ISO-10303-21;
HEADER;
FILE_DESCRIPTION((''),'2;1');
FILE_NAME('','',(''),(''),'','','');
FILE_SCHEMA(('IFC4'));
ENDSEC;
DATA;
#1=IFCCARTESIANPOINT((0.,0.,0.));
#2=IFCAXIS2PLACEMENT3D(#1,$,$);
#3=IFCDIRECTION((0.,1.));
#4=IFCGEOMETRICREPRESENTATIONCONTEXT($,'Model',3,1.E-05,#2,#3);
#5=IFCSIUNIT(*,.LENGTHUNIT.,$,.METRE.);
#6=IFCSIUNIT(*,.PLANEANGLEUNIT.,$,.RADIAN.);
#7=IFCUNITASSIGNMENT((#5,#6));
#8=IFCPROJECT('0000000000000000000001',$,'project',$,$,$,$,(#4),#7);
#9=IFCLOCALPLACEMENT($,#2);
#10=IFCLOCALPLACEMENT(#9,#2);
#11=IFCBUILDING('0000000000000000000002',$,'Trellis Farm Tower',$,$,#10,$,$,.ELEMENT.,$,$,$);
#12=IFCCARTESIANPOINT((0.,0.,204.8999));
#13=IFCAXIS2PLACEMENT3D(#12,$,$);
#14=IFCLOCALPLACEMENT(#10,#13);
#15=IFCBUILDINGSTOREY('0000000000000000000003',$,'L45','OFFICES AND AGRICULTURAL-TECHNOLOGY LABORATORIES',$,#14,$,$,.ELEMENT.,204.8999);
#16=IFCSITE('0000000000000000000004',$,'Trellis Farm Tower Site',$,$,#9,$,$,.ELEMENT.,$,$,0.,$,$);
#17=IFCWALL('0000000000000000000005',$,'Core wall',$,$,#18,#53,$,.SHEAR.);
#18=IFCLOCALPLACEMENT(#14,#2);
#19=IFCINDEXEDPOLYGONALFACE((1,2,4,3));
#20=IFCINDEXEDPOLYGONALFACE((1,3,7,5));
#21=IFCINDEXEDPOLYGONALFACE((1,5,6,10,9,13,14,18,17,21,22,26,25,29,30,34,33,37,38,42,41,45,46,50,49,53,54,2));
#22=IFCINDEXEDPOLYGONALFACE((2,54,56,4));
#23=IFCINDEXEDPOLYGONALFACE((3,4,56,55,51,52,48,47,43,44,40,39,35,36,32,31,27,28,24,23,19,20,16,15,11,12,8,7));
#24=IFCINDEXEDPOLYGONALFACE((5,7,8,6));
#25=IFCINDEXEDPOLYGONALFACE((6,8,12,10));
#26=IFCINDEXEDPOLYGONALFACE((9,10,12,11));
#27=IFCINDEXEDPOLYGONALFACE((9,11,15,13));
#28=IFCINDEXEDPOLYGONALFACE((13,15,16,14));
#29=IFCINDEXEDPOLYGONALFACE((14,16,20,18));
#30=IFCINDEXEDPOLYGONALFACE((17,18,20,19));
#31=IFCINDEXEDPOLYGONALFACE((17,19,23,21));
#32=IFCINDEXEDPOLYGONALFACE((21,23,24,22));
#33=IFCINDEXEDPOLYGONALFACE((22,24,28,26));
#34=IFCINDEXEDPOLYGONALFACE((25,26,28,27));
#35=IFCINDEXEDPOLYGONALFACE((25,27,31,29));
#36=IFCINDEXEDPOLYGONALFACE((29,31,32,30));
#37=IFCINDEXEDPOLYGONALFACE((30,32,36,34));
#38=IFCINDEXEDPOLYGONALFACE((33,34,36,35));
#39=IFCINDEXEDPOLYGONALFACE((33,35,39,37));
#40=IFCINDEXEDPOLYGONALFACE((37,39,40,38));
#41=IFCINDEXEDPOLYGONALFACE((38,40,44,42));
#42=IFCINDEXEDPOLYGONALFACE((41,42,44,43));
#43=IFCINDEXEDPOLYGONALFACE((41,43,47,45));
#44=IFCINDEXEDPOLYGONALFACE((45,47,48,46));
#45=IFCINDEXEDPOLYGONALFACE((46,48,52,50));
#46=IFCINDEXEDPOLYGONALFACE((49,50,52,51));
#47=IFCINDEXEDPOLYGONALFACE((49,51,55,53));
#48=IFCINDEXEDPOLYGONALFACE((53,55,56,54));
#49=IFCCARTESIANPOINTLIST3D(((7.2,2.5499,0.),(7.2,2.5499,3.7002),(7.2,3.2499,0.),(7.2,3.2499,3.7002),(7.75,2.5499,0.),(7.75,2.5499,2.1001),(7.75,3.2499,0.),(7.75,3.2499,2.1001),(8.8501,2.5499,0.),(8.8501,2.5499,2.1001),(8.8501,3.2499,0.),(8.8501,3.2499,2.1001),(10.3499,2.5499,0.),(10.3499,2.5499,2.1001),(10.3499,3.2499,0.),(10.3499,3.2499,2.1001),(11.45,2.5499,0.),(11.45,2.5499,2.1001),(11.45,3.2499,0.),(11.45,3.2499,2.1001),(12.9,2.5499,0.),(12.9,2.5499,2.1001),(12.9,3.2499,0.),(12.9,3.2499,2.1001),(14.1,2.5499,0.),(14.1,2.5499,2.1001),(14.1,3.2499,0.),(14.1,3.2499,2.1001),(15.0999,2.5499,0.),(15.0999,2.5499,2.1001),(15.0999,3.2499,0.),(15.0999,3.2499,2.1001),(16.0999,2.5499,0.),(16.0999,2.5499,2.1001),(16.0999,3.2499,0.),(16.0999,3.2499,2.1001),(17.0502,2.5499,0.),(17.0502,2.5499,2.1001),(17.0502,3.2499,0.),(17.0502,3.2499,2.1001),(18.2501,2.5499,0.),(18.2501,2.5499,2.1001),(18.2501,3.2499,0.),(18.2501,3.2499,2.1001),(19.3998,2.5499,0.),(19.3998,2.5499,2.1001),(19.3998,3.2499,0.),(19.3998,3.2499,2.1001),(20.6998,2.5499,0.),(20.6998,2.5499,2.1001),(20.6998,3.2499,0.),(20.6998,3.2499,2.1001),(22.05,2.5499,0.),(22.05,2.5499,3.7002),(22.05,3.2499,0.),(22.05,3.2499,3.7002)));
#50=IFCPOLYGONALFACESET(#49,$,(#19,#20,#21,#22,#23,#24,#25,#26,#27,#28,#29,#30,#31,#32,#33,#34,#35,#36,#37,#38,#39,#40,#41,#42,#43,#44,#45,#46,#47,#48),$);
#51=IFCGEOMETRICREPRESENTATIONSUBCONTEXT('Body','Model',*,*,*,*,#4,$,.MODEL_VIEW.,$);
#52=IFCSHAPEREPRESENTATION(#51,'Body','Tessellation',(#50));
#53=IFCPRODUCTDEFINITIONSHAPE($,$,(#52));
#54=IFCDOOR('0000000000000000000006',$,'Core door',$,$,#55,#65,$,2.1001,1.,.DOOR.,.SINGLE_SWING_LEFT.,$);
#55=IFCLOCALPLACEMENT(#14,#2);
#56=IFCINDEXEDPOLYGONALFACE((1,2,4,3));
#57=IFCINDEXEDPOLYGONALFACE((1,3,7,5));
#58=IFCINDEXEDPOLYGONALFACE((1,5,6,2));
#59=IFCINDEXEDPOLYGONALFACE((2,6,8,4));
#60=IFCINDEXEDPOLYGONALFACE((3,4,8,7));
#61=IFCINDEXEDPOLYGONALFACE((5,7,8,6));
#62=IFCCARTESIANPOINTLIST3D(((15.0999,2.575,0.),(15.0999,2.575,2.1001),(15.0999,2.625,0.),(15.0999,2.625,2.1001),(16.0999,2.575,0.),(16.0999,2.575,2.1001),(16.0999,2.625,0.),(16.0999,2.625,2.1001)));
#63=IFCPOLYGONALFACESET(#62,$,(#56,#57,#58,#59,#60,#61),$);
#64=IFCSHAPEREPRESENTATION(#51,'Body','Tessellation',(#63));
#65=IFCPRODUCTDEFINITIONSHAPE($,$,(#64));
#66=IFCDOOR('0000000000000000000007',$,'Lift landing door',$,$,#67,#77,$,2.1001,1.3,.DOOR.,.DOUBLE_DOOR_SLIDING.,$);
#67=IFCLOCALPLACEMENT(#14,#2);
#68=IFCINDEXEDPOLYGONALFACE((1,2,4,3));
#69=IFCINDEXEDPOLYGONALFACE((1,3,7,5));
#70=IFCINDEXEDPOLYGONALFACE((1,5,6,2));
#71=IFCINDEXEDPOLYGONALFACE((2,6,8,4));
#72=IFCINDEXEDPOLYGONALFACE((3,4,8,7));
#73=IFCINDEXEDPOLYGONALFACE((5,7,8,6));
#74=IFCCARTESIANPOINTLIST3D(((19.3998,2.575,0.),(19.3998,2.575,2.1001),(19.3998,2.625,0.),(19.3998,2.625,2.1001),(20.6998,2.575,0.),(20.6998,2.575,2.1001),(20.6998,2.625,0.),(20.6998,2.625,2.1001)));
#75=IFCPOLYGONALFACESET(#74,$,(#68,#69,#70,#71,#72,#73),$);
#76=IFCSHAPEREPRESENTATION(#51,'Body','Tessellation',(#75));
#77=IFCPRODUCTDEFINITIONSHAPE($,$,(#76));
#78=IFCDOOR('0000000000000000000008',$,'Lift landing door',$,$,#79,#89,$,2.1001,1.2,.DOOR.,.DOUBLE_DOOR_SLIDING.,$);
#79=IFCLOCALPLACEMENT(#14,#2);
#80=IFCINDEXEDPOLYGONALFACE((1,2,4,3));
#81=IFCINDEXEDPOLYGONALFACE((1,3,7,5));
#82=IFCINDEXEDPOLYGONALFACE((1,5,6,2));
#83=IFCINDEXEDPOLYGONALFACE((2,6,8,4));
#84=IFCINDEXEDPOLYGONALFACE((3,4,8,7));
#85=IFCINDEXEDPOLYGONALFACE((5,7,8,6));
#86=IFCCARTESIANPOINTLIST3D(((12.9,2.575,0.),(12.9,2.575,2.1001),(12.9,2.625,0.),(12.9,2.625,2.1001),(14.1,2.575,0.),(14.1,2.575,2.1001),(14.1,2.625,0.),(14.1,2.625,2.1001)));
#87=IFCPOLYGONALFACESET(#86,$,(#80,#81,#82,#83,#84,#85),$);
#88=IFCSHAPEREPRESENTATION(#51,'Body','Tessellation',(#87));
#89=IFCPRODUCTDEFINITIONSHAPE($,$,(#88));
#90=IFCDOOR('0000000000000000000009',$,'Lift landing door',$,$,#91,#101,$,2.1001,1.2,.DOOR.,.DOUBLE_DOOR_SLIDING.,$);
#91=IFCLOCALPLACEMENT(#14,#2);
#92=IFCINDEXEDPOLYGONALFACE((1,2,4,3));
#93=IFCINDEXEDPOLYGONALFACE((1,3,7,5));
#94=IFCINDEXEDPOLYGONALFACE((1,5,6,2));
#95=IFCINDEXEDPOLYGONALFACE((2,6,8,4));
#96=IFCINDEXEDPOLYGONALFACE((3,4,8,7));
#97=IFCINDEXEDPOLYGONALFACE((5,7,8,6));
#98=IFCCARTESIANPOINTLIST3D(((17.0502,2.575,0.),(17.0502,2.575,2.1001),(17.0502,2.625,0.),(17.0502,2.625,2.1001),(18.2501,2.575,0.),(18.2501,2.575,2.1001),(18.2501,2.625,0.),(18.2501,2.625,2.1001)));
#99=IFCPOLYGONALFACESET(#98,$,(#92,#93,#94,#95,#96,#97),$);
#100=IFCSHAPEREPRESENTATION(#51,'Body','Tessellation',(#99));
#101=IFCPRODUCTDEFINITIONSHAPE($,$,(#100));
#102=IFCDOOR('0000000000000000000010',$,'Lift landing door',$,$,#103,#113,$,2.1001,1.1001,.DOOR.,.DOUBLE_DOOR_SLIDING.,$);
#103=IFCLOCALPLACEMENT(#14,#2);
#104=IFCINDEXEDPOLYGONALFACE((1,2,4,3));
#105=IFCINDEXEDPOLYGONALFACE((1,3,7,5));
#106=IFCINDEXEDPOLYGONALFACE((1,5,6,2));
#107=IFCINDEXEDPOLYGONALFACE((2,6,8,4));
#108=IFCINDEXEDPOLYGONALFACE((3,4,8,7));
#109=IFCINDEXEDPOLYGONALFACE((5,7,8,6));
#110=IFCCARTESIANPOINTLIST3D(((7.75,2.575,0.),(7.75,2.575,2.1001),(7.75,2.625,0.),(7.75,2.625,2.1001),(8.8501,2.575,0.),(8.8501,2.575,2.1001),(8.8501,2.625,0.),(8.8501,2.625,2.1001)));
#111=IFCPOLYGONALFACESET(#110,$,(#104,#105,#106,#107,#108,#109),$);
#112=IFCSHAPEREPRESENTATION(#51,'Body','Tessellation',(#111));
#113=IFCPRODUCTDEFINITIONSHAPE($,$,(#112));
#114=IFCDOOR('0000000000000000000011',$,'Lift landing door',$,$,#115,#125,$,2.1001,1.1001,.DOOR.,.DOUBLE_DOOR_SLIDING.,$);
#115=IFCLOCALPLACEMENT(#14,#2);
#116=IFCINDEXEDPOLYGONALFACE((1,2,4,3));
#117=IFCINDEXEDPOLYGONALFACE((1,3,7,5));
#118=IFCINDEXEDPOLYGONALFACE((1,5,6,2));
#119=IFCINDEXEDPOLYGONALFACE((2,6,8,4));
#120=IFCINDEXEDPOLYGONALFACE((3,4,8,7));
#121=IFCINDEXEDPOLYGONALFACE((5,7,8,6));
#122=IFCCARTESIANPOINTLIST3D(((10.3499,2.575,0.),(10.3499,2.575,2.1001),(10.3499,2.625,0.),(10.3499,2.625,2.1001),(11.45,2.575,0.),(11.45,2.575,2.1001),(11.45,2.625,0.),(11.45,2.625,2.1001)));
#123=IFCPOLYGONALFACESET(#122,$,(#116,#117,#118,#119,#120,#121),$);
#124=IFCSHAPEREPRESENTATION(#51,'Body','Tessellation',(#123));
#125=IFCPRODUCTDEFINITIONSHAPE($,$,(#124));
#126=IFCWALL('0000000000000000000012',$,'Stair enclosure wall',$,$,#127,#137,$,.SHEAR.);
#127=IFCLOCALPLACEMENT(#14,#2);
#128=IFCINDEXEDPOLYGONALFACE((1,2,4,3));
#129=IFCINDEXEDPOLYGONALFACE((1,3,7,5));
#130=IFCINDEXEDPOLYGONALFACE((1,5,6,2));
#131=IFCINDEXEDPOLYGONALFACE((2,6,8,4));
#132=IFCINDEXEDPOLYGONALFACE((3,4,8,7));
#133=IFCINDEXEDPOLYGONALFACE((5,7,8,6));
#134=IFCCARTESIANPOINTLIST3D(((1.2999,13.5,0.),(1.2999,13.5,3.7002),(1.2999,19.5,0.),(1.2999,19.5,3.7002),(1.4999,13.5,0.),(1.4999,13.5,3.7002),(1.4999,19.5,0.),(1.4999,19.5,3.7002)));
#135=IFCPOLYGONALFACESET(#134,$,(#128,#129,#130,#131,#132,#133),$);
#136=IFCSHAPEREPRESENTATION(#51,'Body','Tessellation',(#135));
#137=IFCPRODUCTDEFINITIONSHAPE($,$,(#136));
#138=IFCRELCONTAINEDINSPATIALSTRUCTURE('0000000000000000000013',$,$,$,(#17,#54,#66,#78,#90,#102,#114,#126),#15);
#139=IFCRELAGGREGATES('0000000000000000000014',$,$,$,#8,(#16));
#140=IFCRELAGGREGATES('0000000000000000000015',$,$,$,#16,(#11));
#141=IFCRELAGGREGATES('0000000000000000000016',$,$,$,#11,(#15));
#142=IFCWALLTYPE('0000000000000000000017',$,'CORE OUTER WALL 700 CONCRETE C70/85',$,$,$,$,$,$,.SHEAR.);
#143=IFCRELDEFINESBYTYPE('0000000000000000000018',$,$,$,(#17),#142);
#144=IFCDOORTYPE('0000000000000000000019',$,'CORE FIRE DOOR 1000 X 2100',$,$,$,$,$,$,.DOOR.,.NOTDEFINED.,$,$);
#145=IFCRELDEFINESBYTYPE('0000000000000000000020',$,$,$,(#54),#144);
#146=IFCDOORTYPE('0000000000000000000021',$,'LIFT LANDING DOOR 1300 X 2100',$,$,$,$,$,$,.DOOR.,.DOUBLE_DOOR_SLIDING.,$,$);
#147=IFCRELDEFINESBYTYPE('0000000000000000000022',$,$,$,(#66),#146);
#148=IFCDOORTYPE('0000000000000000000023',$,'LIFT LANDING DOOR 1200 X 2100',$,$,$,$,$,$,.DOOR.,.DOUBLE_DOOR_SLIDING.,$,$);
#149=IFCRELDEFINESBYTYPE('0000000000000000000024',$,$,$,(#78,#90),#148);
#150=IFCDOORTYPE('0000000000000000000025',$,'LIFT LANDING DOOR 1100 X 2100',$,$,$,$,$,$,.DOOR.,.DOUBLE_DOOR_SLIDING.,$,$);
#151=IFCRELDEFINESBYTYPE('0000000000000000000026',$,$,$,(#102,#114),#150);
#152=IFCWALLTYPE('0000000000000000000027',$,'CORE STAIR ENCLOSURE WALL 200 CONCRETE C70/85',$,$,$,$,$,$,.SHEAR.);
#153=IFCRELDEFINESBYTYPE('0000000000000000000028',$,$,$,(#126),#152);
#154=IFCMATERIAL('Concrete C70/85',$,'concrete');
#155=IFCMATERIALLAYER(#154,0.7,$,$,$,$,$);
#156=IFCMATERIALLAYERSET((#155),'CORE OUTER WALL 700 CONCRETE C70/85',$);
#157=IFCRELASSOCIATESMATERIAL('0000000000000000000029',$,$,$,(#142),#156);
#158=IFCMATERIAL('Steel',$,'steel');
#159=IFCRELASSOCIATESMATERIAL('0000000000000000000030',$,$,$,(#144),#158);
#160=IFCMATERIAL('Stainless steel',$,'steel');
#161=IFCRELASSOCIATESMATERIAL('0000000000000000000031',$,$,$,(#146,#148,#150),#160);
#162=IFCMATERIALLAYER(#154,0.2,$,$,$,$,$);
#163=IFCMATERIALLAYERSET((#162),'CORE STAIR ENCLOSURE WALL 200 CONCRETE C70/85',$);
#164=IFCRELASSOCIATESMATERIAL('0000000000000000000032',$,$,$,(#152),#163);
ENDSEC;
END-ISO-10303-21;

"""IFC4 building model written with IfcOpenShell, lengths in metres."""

from ifc_helpers import new_model, si_unit, direction, frame, frame_2d, origin, place, context, subcontext, project, spatial, rectangle, extrude, source, transform, mapped, material, layer, layer_set, type_object, element, fill, save


model = new_model("IFC4")

# Units and contexts
model_context = context("Model", 3, precision=1e-05, world=origin(), true_north=direction((0.0, 1.0)))
body_context = subcontext(model_context, "Body", "Model", "MODEL_VIEW")
ifc_project = project(units=[si_unit("LENGTHUNIT", "METRE"), si_unit("PLANEANGLEUNIT", "RADIAN")], contexts=[model_context])

# Site, building, storey
site_placement = place(None, origin())
site = spatial("IfcSite", under=ifc_project, at=site_placement, Name="Trellis Farm Tower Site", CompositionType="ELEMENT", RefElevation=0.0)
building_placement = place(site_placement, origin())
building = spatial("IfcBuilding", under=site, at=building_placement, Name="Trellis Farm Tower", CompositionType="ELEMENT")
storey_placement = place(building_placement, frame((0.0, 0.0, 204.8999)))
storey = spatial("IfcBuildingStorey", under=building, at=storey_placement, Name="L45", Description="OFFICES AND AGRICULTURAL-TECHNOLOGY LABORATORIES", CompositionType="ELEMENT", Elevation=204.8999)

# Shared definitions
ifc_material_1 = material(Name="Concrete C70/85", Category="concrete")

# Wall, openings, doors
ifc_layer_1 = layer(ifc_material_1, 0.7)
ifc_layer_set_1 = layer_set([ifc_layer_1], Name="CORE OUTER WALL 700 CONCRETE C70/85")
wall_type_1 = type_object("IfcWallType", Name="CORE OUTER WALL 700 CONCRETE C70/85", PredefinedType="SHEAR", material=ifc_layer_set_1)
shared_shape_1 = source(origin(), body_context, "Body", "SweptSolid", [
    extrude(rectangle(XDim=14.8501, YDim=0.7, at=frame_2d((7.425, 0.0))), origin(), (0.0, 0.0, 1.0), 3.7002),
])
wall_1_placement = place(storey_placement, frame((7.2, 2.8999, 0.0), z_axis=(0.0, 0.0, 1.0), x_axis=(1.0, 0.0, 0.0)))
wall_1 = element("IfcWall", 1, at=wall_1_placement, inside=storey, type_object=wall_type_1, Name="Core wall", PredefinedType="SHEAR", context=body_context, shape_type="MappedRepresentation", body=[
    mapped(shared_shape_1, transform((0.0, 0.0, 0.0))),
])
shared_shape_2 = source(origin(), body_context, "Body", "SweptSolid", [
    extrude(rectangle(XDim=1.1001, YDim=2.1001, at=frame_2d((0.55, 1.05))), frame((0.0, 0.3601, 0.0), z_axis=(0.0, -1.0, 0.0), x_axis=(1.0, 0.0, 0.0)), (0.0, 0.0, 1.0), 0.7202),
])
opening_1_placement = place(wall_1_placement, frame((0.55, 0.0, 0.0)))
opening_1 = element("IfcOpeningElement", 2, at=opening_1_placement, cuts=wall_1, PredefinedType="OPENING", context=body_context, shape_type="MappedRepresentation", body=[
    mapped(shared_shape_2, transform((0.0, 0.0, 0.0))),
])
opening_2_placement = place(wall_1_placement, frame((3.1499, 0.0, 0.0)))
opening_2 = element("IfcOpeningElement", 3, at=opening_2_placement, cuts=wall_1, PredefinedType="OPENING", context=body_context, shape_type="MappedRepresentation", body=[
    mapped(shared_shape_2, transform((0.0, 0.0, 0.0))),
])
shared_shape_3 = source(origin(), body_context, "Body", "SweptSolid", [
    extrude(rectangle(XDim=1.2, YDim=2.1001, at=frame_2d((0.6001, 1.05))), frame((0.0, 0.3601, 0.0), z_axis=(0.0, -1.0, 0.0), x_axis=(1.0, 0.0, 0.0)), (0.0, 0.0, 1.0), 0.7202),
])
opening_3_placement = place(wall_1_placement, frame((5.7, 0.0, 0.0)))
opening_3 = element("IfcOpeningElement", 4, at=opening_3_placement, cuts=wall_1, PredefinedType="OPENING", context=body_context, shape_type="MappedRepresentation", body=[
    mapped(shared_shape_3, transform((0.0, 0.0, 0.0))),
])
shared_shape_4 = source(origin(), body_context, "Body", "SweptSolid", [
    extrude(rectangle(XDim=1.3, YDim=2.1001, at=frame_2d((0.6499, 1.05))), frame((0.0, 0.3601, 0.0), z_axis=(0.0, -1.0, 0.0), x_axis=(1.0, 0.0, 0.0)), (0.0, 0.0, 1.0), 0.7202),
])
opening_4_placement = place(wall_1_placement, frame((12.2, 0.0, 0.0)))
opening_4 = element("IfcOpeningElement", 5, at=opening_4_placement, cuts=wall_1, PredefinedType="OPENING", context=body_context, shape_type="MappedRepresentation", body=[
    mapped(shared_shape_4, transform((0.0, 0.0, 0.0))),
])
opening_5_placement = place(wall_1_placement, frame((9.8501, 0.0, 0.0)))
opening_5 = element("IfcOpeningElement", 6, at=opening_5_placement, cuts=wall_1, PredefinedType="OPENING", context=body_context, shape_type="MappedRepresentation", body=[
    mapped(shared_shape_3, transform((0.0, 0.0, 0.0))),
])
shared_shape_5 = source(origin(), body_context, "Body", "SweptSolid", [
    extrude(rectangle(XDim=1.0, YDim=2.1001, at=frame_2d((0.5, 1.05))), frame((0.0, 0.3601, 0.0), z_axis=(0.0, -1.0, 0.0), x_axis=(1.0, 0.0, 0.0)), (0.0, 0.0, 1.0), 0.7202),
])
opening_6_placement = place(wall_1_placement, frame((7.8999, 0.0, 0.0)))
opening_6 = element("IfcOpeningElement", 7, at=opening_6_placement, cuts=wall_1, PredefinedType="OPENING", context=body_context, shape_type="MappedRepresentation", body=[
    mapped(shared_shape_5, transform((0.0, 0.0, 0.0))),
])
ifc_material_2 = material(Name="Steel", Category="steel")
door_type_1 = type_object("IfcDoorType", Name="CORE FIRE DOOR 1000 X 2100", OperationType="NOTDEFINED", PredefinedType="DOOR", material=ifc_material_2)
shared_shape_6 = source(origin(), body_context, "Body", "SweptSolid", [
    extrude(rectangle(XDim=1.0, YDim=2.1001, at=frame_2d((0.5, 1.05))), frame((0.0, -0.2749, 0.0), z_axis=(0.0, -1.0, 0.0), x_axis=(1.0, 0.0, 0.0)), (0.0, 0.0, 1.0), 0.05),
])
door_1_placement = place(opening_6_placement, origin())
door_1 = element("IfcDoor", 8, at=door_1_placement, inside=storey, type_object=door_type_1, Name="Core door", OperationType="SINGLE_SWING_LEFT", OverallHeight=2.1001, OverallWidth=1.0, PredefinedType="DOOR", context=body_context, shape_type="MappedRepresentation", body=[
    mapped(shared_shape_6, transform((0.0, 0.0, 0.0))),
])
fill(opening_6, door_1)
ifc_material_3 = material(Name="Stainless steel", Category="steel")
door_type_2 = type_object("IfcDoorType", Name="LIFT LANDING DOOR 1300 X 2100", OperationType="DOUBLE_DOOR_SLIDING", PredefinedType="DOOR", material=ifc_material_3)
shared_shape_7 = source(origin(), body_context, "Body", "SweptSolid", [
    extrude(rectangle(XDim=1.3, YDim=2.1001, at=frame_2d((0.6499, 1.05))), frame((0.0, -0.2749, 0.0), z_axis=(0.0, -1.0, 0.0), x_axis=(1.0, 0.0, 0.0)), (0.0, 0.0, 1.0), 0.05),
])
door_2_placement = place(opening_4_placement, origin())
door_2 = element("IfcDoor", 9, at=door_2_placement, inside=storey, type_object=door_type_2, Name="Lift landing door", OperationType="DOUBLE_DOOR_SLIDING", OverallHeight=2.1001, OverallWidth=1.3, PredefinedType="DOOR", context=body_context, shape_type="MappedRepresentation", body=[
    mapped(shared_shape_7, transform((0.0, 0.0, 0.0))),
])
fill(opening_4, door_2)
door_type_3 = type_object("IfcDoorType", Name="LIFT LANDING DOOR 1200 X 2100", OperationType="DOUBLE_DOOR_SLIDING", PredefinedType="DOOR", material=ifc_material_3)
shared_shape_8 = source(origin(), body_context, "Body", "SweptSolid", [
    extrude(rectangle(XDim=1.2, YDim=2.1001, at=frame_2d((0.6001, 1.05))), frame((0.0, -0.2749, 0.0), z_axis=(0.0, -1.0, 0.0), x_axis=(1.0, 0.0, 0.0)), (0.0, 0.0, 1.0), 0.05),
])
door_3_placement = place(opening_3_placement, origin())
door_3 = element("IfcDoor", 10, at=door_3_placement, inside=storey, type_object=door_type_3, Name="Lift landing door", OperationType="DOUBLE_DOOR_SLIDING", OverallHeight=2.1001, OverallWidth=1.2, PredefinedType="DOOR", context=body_context, shape_type="MappedRepresentation", body=[
    mapped(shared_shape_8, transform((0.0, 0.0, 0.0))),
])
fill(opening_3, door_3)
door_4_placement = place(opening_5_placement, origin())
door_4 = element("IfcDoor", 11, at=door_4_placement, inside=storey, type_object=door_type_3, Name="Lift landing door", OperationType="DOUBLE_DOOR_SLIDING", OverallHeight=2.1001, OverallWidth=1.2, PredefinedType="DOOR", context=body_context, shape_type="MappedRepresentation", body=[
    mapped(shared_shape_8, transform((0.0, 0.0, 0.0))),
])
fill(opening_5, door_4)
door_type_4 = type_object("IfcDoorType", Name="LIFT LANDING DOOR 1100 X 2100", OperationType="DOUBLE_DOOR_SLIDING", PredefinedType="DOOR", material=ifc_material_3)
shared_shape_9 = source(origin(), body_context, "Body", "SweptSolid", [
    extrude(rectangle(XDim=1.1001, YDim=2.1001, at=frame_2d((0.55, 1.05))), frame((0.0, -0.2749, 0.0), z_axis=(0.0, -1.0, 0.0), x_axis=(1.0, 0.0, 0.0)), (0.0, 0.0, 1.0), 0.05),
])
door_5_placement = place(opening_1_placement, origin())
door_5 = element("IfcDoor", 12, at=door_5_placement, inside=storey, type_object=door_type_4, Name="Lift landing door", OperationType="DOUBLE_DOOR_SLIDING", OverallHeight=2.1001, OverallWidth=1.1001, PredefinedType="DOOR", context=body_context, shape_type="MappedRepresentation", body=[
    mapped(shared_shape_9, transform((0.0, 0.0, 0.0))),
])
fill(opening_1, door_5)
door_6_placement = place(opening_2_placement, origin())
door_6 = element("IfcDoor", 13, at=door_6_placement, inside=storey, type_object=door_type_4, Name="Lift landing door", OperationType="DOUBLE_DOOR_SLIDING", OverallHeight=2.1001, OverallWidth=1.1001, PredefinedType="DOOR", context=body_context, shape_type="MappedRepresentation", body=[
    mapped(shared_shape_9, transform((0.0, 0.0, 0.0))),
])
fill(opening_2, door_6)

# Wall
ifc_layer_2 = layer(ifc_material_1, 0.2)
ifc_layer_set_2 = layer_set([ifc_layer_2], Name="CORE STAIR ENCLOSURE WALL 200 CONCRETE C70/85")
wall_type_2 = type_object("IfcWallType", Name="CORE STAIR ENCLOSURE WALL 200 CONCRETE C70/85", PredefinedType="SHEAR", material=ifc_layer_set_2)
shared_shape_10 = source(origin(), body_context, "Body", "SweptSolid", [
    extrude(rectangle(XDim=6.0, YDim=0.2, at=frame_2d((3.0, 0.0))), origin(), (0.0, 0.0, 1.0), 3.7002),
])
wall_2_placement = place(storey_placement, frame((1.3999, 13.5, 0.0), z_axis=(0.0, 0.0, 1.0), x_axis=(0.0, 1.0, 0.0)))
element("IfcWall", 14, at=wall_2_placement, inside=storey, type_object=wall_type_2, Name="Stair enclosure wall", PredefinedType="SHEAR", context=body_context, shape_type="MappedRepresentation", body=[
    mapped(shared_shape_10, transform((0.0, 0.0, 0.0))),
])

save(model, "model.ifc")
